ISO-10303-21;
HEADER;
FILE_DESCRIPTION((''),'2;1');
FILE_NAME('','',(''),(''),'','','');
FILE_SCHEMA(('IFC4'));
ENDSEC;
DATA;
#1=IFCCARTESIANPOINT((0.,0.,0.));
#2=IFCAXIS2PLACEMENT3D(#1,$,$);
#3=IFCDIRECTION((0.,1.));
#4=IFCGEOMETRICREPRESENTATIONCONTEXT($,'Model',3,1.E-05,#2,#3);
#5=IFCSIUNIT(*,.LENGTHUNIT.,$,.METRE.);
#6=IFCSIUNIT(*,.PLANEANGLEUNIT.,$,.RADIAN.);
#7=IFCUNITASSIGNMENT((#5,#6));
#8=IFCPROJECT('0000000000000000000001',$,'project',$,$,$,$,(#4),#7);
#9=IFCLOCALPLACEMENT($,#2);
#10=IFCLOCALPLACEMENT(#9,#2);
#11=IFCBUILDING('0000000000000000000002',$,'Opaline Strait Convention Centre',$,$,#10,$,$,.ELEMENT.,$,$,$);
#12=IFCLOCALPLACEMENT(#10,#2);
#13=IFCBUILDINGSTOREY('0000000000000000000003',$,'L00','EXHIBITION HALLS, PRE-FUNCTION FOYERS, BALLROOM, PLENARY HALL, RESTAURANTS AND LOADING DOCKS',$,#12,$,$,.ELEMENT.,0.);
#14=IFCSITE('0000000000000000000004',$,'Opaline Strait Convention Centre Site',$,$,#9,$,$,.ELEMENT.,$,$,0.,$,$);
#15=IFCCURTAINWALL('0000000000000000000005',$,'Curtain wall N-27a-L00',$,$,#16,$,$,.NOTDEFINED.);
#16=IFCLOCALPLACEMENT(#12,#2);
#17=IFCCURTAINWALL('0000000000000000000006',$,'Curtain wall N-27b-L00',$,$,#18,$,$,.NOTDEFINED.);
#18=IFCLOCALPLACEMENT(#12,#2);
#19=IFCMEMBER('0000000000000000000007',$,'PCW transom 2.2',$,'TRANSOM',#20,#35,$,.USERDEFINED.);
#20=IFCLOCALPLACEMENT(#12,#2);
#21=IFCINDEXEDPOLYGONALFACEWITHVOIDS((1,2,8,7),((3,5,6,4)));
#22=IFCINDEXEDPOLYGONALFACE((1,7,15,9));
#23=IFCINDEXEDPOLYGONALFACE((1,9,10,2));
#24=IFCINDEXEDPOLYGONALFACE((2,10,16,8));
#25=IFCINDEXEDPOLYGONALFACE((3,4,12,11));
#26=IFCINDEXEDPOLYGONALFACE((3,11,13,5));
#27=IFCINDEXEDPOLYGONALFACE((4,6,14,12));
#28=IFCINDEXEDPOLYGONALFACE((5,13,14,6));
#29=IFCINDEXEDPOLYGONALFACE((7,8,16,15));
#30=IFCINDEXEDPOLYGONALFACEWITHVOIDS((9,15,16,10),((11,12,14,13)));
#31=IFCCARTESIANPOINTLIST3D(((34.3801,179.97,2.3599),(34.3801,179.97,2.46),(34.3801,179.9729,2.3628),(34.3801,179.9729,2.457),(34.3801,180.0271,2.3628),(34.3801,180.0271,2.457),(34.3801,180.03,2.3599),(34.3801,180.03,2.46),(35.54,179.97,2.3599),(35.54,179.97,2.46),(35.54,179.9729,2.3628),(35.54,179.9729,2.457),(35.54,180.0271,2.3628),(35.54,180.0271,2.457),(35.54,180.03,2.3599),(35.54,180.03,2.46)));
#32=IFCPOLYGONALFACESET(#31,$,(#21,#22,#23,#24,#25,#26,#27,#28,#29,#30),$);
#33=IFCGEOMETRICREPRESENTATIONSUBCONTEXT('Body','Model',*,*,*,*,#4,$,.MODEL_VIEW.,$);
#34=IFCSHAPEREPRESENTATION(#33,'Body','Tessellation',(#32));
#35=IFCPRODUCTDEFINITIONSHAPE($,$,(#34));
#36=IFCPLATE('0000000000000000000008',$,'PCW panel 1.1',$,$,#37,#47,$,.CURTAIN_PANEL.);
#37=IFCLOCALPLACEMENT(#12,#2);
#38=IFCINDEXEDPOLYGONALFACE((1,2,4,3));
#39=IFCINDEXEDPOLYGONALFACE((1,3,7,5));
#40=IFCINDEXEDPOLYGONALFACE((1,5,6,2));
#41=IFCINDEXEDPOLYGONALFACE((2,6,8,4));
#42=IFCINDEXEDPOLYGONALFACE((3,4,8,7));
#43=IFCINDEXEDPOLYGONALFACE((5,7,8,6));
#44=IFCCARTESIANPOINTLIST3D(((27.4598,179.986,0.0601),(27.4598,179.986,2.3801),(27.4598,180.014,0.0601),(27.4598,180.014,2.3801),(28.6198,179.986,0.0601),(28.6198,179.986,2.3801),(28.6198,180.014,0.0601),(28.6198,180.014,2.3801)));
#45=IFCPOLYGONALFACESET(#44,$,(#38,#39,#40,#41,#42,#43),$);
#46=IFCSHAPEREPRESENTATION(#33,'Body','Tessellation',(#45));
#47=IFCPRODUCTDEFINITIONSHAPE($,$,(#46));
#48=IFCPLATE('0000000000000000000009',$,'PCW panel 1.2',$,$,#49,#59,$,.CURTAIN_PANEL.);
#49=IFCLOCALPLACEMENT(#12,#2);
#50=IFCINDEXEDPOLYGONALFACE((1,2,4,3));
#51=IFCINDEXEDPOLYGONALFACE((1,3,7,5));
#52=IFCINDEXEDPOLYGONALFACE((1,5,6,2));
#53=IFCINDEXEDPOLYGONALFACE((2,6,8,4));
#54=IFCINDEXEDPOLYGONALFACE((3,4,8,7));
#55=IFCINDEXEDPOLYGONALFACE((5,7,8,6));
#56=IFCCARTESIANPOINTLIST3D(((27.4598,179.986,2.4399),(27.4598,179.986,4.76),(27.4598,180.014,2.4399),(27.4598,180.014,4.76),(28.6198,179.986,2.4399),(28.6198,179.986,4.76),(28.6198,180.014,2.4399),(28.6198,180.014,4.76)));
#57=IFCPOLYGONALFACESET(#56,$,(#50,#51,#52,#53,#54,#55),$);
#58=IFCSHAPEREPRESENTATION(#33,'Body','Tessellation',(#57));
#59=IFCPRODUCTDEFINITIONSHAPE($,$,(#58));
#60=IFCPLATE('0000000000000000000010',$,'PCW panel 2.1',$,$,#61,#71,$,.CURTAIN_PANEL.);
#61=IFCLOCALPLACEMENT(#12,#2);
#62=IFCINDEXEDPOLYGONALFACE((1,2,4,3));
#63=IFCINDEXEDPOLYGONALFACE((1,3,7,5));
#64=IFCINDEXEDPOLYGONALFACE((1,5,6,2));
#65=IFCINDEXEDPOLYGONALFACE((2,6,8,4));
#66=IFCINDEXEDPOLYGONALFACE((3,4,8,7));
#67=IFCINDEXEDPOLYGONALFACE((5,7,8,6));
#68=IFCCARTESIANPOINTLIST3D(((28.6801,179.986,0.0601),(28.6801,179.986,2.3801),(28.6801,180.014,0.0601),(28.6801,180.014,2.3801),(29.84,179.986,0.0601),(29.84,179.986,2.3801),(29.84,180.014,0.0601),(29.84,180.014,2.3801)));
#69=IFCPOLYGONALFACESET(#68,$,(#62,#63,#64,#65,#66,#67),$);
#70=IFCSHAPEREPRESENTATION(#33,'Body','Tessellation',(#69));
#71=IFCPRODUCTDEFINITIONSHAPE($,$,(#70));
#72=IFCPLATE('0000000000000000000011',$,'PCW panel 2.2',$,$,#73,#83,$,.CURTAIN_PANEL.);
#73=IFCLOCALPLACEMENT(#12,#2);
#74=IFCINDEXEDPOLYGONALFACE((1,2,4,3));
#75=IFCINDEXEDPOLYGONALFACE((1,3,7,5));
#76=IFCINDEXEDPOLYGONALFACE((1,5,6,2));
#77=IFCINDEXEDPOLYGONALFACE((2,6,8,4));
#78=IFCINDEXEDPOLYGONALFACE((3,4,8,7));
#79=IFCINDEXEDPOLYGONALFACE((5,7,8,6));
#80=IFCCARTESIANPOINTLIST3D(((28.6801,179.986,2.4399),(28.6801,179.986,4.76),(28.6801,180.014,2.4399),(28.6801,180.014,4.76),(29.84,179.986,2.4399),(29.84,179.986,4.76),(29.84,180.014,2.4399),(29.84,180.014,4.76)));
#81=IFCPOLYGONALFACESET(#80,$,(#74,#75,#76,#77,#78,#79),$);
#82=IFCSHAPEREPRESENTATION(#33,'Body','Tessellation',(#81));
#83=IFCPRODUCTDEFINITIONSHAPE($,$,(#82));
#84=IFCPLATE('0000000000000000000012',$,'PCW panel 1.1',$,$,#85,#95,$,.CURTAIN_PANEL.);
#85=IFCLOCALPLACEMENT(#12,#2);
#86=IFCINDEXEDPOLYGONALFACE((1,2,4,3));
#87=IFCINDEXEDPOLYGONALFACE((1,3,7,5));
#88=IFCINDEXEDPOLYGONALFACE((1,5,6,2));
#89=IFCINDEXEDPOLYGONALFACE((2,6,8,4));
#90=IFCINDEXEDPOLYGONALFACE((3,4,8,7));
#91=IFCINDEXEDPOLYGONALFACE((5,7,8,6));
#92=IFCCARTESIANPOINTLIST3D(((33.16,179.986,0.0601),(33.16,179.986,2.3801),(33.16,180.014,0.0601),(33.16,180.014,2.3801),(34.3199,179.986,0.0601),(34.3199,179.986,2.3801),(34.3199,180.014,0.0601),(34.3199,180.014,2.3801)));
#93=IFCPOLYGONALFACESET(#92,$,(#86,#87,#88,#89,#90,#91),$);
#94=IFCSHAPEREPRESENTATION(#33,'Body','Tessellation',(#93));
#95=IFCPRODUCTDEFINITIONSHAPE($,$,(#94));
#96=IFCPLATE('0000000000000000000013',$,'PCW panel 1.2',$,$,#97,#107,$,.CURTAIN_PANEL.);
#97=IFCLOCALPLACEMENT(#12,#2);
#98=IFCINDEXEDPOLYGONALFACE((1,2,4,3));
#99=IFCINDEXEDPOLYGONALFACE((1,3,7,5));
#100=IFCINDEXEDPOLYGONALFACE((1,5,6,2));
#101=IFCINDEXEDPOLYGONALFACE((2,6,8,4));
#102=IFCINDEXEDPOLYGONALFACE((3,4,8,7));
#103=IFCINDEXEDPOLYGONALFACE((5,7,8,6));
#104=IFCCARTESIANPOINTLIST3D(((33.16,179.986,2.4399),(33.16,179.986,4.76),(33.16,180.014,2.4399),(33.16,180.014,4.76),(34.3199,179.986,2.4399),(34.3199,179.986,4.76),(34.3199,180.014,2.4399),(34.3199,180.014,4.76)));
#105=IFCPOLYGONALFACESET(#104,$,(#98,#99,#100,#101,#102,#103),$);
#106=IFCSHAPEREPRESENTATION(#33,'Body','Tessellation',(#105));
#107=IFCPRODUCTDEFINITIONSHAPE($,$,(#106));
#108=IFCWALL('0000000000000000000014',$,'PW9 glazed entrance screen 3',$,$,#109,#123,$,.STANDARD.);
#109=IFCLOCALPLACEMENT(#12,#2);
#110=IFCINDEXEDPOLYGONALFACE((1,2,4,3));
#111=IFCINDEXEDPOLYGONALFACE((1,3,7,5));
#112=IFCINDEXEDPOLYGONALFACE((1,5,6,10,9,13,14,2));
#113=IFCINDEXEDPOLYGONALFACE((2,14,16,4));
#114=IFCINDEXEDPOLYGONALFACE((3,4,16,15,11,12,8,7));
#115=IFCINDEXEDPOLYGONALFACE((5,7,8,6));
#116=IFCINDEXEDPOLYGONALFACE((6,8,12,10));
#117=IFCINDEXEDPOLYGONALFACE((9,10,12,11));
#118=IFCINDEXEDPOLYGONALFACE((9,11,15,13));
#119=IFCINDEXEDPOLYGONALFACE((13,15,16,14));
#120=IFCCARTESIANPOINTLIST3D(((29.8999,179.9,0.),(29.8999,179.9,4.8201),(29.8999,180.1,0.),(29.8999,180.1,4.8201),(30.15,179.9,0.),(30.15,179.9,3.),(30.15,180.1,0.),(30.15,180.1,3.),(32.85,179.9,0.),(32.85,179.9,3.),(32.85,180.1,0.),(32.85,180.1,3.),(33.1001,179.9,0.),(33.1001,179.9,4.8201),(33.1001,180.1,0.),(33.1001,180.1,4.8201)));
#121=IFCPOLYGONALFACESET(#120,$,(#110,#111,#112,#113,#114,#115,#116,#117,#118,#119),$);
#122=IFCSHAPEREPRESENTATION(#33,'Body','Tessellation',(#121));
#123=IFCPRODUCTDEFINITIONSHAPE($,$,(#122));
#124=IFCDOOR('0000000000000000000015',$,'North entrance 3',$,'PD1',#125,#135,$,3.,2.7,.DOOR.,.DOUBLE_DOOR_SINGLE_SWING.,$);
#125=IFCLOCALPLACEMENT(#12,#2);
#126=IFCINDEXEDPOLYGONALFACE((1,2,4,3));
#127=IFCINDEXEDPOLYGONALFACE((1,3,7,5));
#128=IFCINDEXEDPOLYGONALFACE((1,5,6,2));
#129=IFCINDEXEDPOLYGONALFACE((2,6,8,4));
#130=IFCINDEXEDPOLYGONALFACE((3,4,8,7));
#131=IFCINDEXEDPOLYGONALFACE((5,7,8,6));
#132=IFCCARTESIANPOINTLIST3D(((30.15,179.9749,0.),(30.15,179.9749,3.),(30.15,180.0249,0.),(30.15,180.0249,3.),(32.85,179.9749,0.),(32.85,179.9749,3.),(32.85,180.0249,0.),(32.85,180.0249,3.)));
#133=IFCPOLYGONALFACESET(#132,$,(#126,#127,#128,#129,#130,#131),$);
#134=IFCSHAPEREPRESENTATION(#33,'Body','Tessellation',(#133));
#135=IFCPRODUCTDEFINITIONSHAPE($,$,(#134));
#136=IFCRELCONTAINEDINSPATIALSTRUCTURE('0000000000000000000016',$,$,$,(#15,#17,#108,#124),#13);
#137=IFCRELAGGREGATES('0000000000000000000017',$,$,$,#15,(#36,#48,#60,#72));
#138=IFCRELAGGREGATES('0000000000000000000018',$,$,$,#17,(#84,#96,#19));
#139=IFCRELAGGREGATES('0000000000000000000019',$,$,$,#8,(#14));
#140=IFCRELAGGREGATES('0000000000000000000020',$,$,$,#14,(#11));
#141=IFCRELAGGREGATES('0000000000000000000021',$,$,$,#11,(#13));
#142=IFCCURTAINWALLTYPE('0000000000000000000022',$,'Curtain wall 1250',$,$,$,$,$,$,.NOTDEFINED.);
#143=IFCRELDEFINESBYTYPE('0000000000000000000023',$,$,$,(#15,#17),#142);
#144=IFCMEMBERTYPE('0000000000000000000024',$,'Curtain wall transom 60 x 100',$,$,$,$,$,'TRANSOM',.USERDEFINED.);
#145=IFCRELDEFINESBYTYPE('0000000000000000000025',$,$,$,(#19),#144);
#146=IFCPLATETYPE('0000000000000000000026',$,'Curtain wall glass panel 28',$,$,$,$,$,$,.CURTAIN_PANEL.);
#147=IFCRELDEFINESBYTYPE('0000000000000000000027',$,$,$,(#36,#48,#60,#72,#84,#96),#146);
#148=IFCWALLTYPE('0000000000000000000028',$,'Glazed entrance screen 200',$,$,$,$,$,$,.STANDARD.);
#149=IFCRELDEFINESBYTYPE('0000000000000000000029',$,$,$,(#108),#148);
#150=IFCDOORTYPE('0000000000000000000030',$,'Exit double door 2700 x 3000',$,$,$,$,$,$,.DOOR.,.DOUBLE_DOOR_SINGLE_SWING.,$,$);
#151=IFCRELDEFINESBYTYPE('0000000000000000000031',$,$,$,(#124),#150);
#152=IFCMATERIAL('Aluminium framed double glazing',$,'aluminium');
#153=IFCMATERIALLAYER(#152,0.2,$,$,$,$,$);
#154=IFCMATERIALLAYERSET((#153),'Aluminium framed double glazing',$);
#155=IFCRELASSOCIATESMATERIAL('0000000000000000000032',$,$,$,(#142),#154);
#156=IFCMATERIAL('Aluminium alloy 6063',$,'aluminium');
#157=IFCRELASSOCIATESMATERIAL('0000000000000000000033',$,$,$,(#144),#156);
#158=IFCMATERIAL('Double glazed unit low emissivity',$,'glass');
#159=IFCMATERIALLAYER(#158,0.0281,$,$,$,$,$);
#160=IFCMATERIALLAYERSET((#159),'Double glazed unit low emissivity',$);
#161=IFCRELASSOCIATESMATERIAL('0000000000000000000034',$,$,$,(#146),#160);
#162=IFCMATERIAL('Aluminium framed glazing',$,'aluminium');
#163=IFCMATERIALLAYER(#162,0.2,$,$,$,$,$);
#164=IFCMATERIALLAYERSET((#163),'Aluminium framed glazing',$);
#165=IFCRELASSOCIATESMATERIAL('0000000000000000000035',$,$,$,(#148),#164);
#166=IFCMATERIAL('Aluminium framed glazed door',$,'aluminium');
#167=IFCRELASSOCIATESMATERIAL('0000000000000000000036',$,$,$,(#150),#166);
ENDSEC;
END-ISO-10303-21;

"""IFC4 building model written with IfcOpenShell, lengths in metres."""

from ifc_helpers import new_model, si_unit, direction, frame, frame_2d, origin, origin_2d, place, context, subcontext, project, spatial, rectangle, hollow_rectangle, extrude, material, layer, layer_set, material_profile, profile_set, type_object, element, fill, aggregate, save


model = new_model("IFC4")

# Units and contexts
model_context = context("Model", 3, precision=1e-05, world=origin(), true_north=direction((0.0, 1.0)))
body_context = subcontext(model_context, "Body", "Model", "MODEL_VIEW")
ifc_project = project(units=[si_unit("LENGTHUNIT", "METRE"), si_unit("PLANEANGLEUNIT", "RADIAN")], contexts=[model_context])

# Site, building, storey
site_placement = place(None, origin())
site = spatial("IfcSite", under=ifc_project, at=site_placement, Name="Opaline Strait Convention Centre Site", CompositionType="ELEMENT", RefElevation=0.0)
building_placement = place(site_placement, origin())
building = spatial("IfcBuilding", under=site, at=building_placement, Name="Opaline Strait Convention Centre", CompositionType="ELEMENT")
storey_placement = place(building_placement, origin())
storey = spatial("IfcBuildingStorey", under=building, at=storey_placement, Name="L00", Description="EXHIBITION HALLS, PRE-FUNCTION FOYERS, BALLROOM, PLENARY HALL, RESTAURANTS AND LOADING DOCKS", CompositionType="ELEMENT", Elevation=0.0)

# Curtain walls
ifc_material_1 = material(Name="Aluminium framed double glazing", Category="aluminium")
ifc_layer_1 = layer(ifc_material_1, 0.2)
ifc_layer_set_1 = layer_set([ifc_layer_1], Name="Aluminium framed double glazing")
curtain_wall_type = type_object("IfcCurtainWallType", Name="Curtain wall 1250", PredefinedType="NOTDEFINED", material=ifc_layer_set_1)
curtain_wall_1_placement = place(storey_placement, origin())
curtain_wall_1 = element("IfcCurtainWall", 1, at=curtain_wall_1_placement, inside=storey, type_object=curtain_wall_type, Name="Curtain wall N-27a-L00", PredefinedType="NOTDEFINED")
ifc_material_2 = material(Name="Aluminium alloy 6063", Category="aluminium")
curtain_wall_2_placement = place(storey_placement, origin())
curtain_wall_2 = element("IfcCurtainWall", 2, at=curtain_wall_2_placement, inside=storey, type_object=curtain_wall_type, Name="Curtain wall N-27b-L00", PredefinedType="NOTDEFINED")

# Member
ifc_material_profile_1 = material_profile(ifc_material_2, hollow_rectangle(XDim=0.0601, YDim=0.1001, WallThickness=0.0029, at=origin_2d()), Name="TRANSOM 60x100x3")
ifc_profile_set_1 = profile_set([ifc_material_profile_1], Name="Aluminium alloy 6063")
member_type_1 = type_object("IfcMemberType", Name="Curtain wall transom 60 x 100", ElementType="TRANSOM", PredefinedType="USERDEFINED", material=ifc_profile_set_1)
member_1_placement = place(storey_placement, frame((34.3801, 180.0, 2.4099), z_axis=(1.0, 0.0, 0.0), x_axis=(0.0, 1.0, 0.0)))
member_1 = element("IfcMember", 3, at=member_1_placement, type_object=member_type_1, Name="PCW transom 2.2", ObjectType="TRANSOM", PredefinedType="USERDEFINED", context=body_context, shape_type="SweptSolid", body=[
    extrude(hollow_rectangle(XDim=0.0601, YDim=0.1001, WallThickness=0.0029, at=origin_2d()), origin(), (0.0, 0.0, 1.0), 1.1599),
])

# Plates
ifc_material_3 = material(Name="Double glazed unit low emissivity", Category="glass")
ifc_layer_2 = layer(ifc_material_3, 0.0281)
ifc_layer_set_2 = layer_set([ifc_layer_2], Name="Double glazed unit low emissivity")
plate_type = type_object("IfcPlateType", Name="Curtain wall glass panel 28", PredefinedType="CURTAIN_PANEL", material=ifc_layer_set_2)
plate_1_placement = place(storey_placement, frame((28.0398, 180.0, 0.0601), z_axis=(0.0, 0.0, 1.0), x_axis=(1.0, 0.0, 0.0)))
plate_1 = element("IfcPlate", 4, at=plate_1_placement, type_object=plate_type, Name="PCW panel 1.1", PredefinedType="CURTAIN_PANEL", context=body_context, shape_type="SweptSolid", body=[
    extrude(rectangle(XDim=1.1599, YDim=0.0281, at=origin_2d()), origin(), (0.0, 0.0, 1.0), 2.3201),
])
plate_2_placement = place(storey_placement, frame((28.0398, 180.0, 2.4399), z_axis=(0.0, 0.0, 1.0), x_axis=(1.0, 0.0, 0.0)))
plate_2 = element("IfcPlate", 5, at=plate_2_placement, type_object=plate_type, Name="PCW panel 1.2", PredefinedType="CURTAIN_PANEL", context=body_context, shape_type="SweptSolid", body=[
    extrude(rectangle(XDim=1.1599, YDim=0.0281, at=origin_2d()), origin(), (0.0, 0.0, 1.0), 2.3201),
])
plate_3_placement = place(storey_placement, frame((29.26, 180.0, 0.0601), z_axis=(0.0, 0.0, 1.0), x_axis=(1.0, 0.0, 0.0)))
plate_3 = element("IfcPlate", 6, at=plate_3_placement, type_object=plate_type, Name="PCW panel 2.1", PredefinedType="CURTAIN_PANEL", context=body_context, shape_type="SweptSolid", body=[
    extrude(rectangle(XDim=1.1599, YDim=0.0281, at=origin_2d()), origin(), (0.0, 0.0, 1.0), 2.3201),
])
plate_4_placement = place(storey_placement, frame((29.26, 180.0, 2.4399), z_axis=(0.0, 0.0, 1.0), x_axis=(1.0, 0.0, 0.0)))
plate_4 = element("IfcPlate", 7, at=plate_4_placement, type_object=plate_type, Name="PCW panel 2.2", PredefinedType="CURTAIN_PANEL", context=body_context, shape_type="SweptSolid", body=[
    extrude(rectangle(XDim=1.1599, YDim=0.0281, at=origin_2d()), origin(), (0.0, 0.0, 1.0), 2.3201),
])
aggregate(curtain_wall_1, [plate_1, plate_2, plate_3, plate_4])
plate_5_placement = place(storey_placement, frame((33.74, 180.0, 0.0601), z_axis=(0.0, 0.0, 1.0), x_axis=(1.0, 0.0, 0.0)))
plate_5 = element("IfcPlate", 8, at=plate_5_placement, type_object=plate_type, Name="PCW panel 1.1", PredefinedType="CURTAIN_PANEL", context=body_context, shape_type="SweptSolid", body=[
    extrude(rectangle(XDim=1.1599, YDim=0.0281, at=origin_2d()), origin(), (0.0, 0.0, 1.0), 2.3201),
])
plate_6_placement = place(storey_placement, frame((33.74, 180.0, 2.4399), z_axis=(0.0, 0.0, 1.0), x_axis=(1.0, 0.0, 0.0)))
plate_6 = element("IfcPlate", 9, at=plate_6_placement, type_object=plate_type, Name="PCW panel 1.2", PredefinedType="CURTAIN_PANEL", context=body_context, shape_type="SweptSolid", body=[
    extrude(rectangle(XDim=1.1599, YDim=0.0281, at=origin_2d()), origin(), (0.0, 0.0, 1.0), 2.3201),
])
aggregate(curtain_wall_2, [plate_5, plate_6, member_1])

# Wall, opening, door
ifc_material_4 = material(Name="Aluminium framed glazing", Category="aluminium")
ifc_layer_3 = layer(ifc_material_4, 0.2)
ifc_layer_set_3 = layer_set([ifc_layer_3], Name="Aluminium framed glazing")
wall_type = type_object("IfcWallType", Name="Glazed entrance screen 200", PredefinedType="STANDARD", material=ifc_layer_set_3)
wall_placement = place(storey_placement, frame((29.8999, 180.0, 0.0), z_axis=(0.0, 0.0, 1.0), x_axis=(1.0, 0.0, 0.0)))
wall = element("IfcWall", 10, at=wall_placement, inside=storey, type_object=wall_type, Name="PW9 glazed entrance screen 3", PredefinedType="STANDARD", context=body_context, shape_type="SweptSolid", body=[
    extrude(rectangle(XDim=3.2002, YDim=0.2, at=frame_2d((1.6001, 0.0))), origin(), (0.0, 0.0, 1.0), 4.8201),
])
opening_placement = place(wall_placement, frame((0.25, 0.0, 0.0)))
opening = element("IfcOpeningElement", 11, at=opening_placement, cuts=wall, PredefinedType="OPENING", context=body_context, shape_type="SweptSolid", body=[
    extrude(rectangle(XDim=2.7, YDim=3.0, at=frame_2d((1.3501, 1.5))), frame((0.0, 0.1099, 0.0), z_axis=(0.0, -1.0, 0.0), x_axis=(1.0, 0.0, 0.0)), (0.0, 0.0, 1.0), 0.22),
])
ifc_material_5 = material(Name="Aluminium framed glazed door", Category="aluminium")
door_type = type_object("IfcDoorType", Name="Exit double door 2700 x 3000", OperationType="DOUBLE_DOOR_SINGLE_SWING", PredefinedType="DOOR", material=ifc_material_5)
door_placement = place(opening_placement, origin())
door = element("IfcDoor", 12, at=door_placement, inside=storey, type_object=door_type, Name="North entrance 3", ObjectType="PD1", OperationType="DOUBLE_DOOR_SINGLE_SWING", OverallHeight=3.0, OverallWidth=2.7, PredefinedType="DOOR", context=body_context, shape_type="SweptSolid", body=[
    extrude(rectangle(XDim=2.7, YDim=3.0, at=frame_2d((1.3501, 1.5))), frame((0.0, 0.0249, 0.0), z_axis=(0.0, -1.0, 0.0), x_axis=(1.0, 0.0, 0.0)), (0.0, 0.0, 1.0), 0.05),
])
fill(opening, door)

save(model, "model.ifc")
